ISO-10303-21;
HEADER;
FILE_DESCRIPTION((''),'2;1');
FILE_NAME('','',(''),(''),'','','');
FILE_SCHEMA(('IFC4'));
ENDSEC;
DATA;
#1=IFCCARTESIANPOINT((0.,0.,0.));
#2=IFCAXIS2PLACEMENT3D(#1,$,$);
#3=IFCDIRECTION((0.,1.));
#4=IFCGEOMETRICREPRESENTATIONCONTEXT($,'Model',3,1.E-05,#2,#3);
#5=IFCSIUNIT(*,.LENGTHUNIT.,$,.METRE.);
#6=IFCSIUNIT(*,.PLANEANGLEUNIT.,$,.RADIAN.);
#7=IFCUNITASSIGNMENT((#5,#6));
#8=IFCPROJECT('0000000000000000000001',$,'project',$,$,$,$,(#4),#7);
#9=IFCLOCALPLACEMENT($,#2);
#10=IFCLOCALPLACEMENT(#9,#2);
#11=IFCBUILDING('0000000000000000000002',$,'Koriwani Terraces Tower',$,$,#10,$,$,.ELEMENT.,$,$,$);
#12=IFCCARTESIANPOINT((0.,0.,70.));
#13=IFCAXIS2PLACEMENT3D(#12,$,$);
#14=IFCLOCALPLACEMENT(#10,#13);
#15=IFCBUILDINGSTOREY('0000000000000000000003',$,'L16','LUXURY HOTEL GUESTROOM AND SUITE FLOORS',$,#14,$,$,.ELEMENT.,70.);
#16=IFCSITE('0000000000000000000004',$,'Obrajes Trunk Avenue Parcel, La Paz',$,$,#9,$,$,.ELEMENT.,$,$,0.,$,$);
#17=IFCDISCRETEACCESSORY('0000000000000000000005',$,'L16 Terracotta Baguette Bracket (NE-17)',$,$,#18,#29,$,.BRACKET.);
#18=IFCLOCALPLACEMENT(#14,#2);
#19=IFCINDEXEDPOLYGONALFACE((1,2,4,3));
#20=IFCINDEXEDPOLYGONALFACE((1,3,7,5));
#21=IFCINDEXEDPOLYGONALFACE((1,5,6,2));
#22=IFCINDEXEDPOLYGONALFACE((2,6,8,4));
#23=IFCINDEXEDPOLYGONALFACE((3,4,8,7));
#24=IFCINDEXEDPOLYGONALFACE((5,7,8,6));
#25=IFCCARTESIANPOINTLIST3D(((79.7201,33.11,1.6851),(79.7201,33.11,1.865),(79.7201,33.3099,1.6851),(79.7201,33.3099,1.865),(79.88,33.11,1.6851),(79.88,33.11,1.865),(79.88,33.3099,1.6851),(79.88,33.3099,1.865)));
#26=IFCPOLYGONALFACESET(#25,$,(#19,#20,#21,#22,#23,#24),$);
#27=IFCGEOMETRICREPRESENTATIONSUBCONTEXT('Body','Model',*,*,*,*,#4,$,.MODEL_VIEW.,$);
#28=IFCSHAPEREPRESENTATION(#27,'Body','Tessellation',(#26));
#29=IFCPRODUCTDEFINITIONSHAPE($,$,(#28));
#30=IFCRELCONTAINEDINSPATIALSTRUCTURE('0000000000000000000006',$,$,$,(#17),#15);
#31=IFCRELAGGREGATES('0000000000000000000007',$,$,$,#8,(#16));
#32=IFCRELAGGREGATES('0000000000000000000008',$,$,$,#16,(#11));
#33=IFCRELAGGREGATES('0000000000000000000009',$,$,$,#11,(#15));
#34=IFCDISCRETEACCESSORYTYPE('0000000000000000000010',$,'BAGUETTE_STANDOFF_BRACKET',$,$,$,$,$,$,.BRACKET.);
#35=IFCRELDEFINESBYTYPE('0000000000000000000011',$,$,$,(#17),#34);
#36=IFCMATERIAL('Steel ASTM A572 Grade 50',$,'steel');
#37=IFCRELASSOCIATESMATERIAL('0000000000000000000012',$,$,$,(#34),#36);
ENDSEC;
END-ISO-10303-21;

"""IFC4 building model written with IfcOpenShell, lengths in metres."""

from ifc_helpers import new_model, si_unit, direction, frame, origin, origin_2d, place, context, subcontext, project, spatial, rectangle, extrude, material, type_object, element, save


model = new_model("IFC4")

# Units and contexts
model_context = context("Model", 3, precision=1e-05, world=origin(), true_north=direction((0.0, 1.0)))
body_context = subcontext(model_context, "Body", "Model", "MODEL_VIEW")
ifc_project = project(units=[si_unit("LENGTHUNIT", "METRE"), si_unit("PLANEANGLEUNIT", "RADIAN")], contexts=[model_context])

# Site, building, storey
site_placement = place(None, origin())
site = spatial("IfcSite", under=ifc_project, at=site_placement, Name="Obrajes Trunk Avenue Parcel, La Paz", CompositionType="ELEMENT", RefElevation=0.0)
building_placement = place(site_placement, origin())
building = spatial("IfcBuilding", under=site, at=building_placement, Name="Koriwani Terraces Tower", CompositionType="ELEMENT")
storey_placement = place(building_placement, frame((0.0, 0.0, 70.0)))
storey = spatial("IfcBuildingStorey", under=building, at=storey_placement, Name="L16", Description="LUXURY HOTEL GUESTROOM AND SUITE FLOORS", CompositionType="ELEMENT", Elevation=70.0)

# Shared definitions
ifc_material_1 = material(Name="Steel ASTM A572 Grade 50", Category="steel")

# Discrete accessory
discrete_accessory_type = type_object("IfcDiscreteAccessoryType", Name="BAGUETTE_STANDOFF_BRACKET", PredefinedType="BRACKET", material=ifc_material_1)
discrete_accessory_placement = place(storey_placement, frame((79.8, 33.21, 1.6851), z_axis=(0.0, 0.0, 1.0), x_axis=(1.0, 0.0, 0.0)))
element("IfcDiscreteAccessory", 1, at=discrete_accessory_placement, inside=storey, type_object=discrete_accessory_type, Name="L16 Terracotta Baguette Bracket (NE-17)", PredefinedType="BRACKET", context=body_context, shape_type="SweptSolid", body=[
    extrude(rectangle(XDim=0.1599, YDim=0.2, at=origin_2d()), origin(), (0.0, 0.0, 1.0), 0.1799),
])

save(model, "model.ifc")
